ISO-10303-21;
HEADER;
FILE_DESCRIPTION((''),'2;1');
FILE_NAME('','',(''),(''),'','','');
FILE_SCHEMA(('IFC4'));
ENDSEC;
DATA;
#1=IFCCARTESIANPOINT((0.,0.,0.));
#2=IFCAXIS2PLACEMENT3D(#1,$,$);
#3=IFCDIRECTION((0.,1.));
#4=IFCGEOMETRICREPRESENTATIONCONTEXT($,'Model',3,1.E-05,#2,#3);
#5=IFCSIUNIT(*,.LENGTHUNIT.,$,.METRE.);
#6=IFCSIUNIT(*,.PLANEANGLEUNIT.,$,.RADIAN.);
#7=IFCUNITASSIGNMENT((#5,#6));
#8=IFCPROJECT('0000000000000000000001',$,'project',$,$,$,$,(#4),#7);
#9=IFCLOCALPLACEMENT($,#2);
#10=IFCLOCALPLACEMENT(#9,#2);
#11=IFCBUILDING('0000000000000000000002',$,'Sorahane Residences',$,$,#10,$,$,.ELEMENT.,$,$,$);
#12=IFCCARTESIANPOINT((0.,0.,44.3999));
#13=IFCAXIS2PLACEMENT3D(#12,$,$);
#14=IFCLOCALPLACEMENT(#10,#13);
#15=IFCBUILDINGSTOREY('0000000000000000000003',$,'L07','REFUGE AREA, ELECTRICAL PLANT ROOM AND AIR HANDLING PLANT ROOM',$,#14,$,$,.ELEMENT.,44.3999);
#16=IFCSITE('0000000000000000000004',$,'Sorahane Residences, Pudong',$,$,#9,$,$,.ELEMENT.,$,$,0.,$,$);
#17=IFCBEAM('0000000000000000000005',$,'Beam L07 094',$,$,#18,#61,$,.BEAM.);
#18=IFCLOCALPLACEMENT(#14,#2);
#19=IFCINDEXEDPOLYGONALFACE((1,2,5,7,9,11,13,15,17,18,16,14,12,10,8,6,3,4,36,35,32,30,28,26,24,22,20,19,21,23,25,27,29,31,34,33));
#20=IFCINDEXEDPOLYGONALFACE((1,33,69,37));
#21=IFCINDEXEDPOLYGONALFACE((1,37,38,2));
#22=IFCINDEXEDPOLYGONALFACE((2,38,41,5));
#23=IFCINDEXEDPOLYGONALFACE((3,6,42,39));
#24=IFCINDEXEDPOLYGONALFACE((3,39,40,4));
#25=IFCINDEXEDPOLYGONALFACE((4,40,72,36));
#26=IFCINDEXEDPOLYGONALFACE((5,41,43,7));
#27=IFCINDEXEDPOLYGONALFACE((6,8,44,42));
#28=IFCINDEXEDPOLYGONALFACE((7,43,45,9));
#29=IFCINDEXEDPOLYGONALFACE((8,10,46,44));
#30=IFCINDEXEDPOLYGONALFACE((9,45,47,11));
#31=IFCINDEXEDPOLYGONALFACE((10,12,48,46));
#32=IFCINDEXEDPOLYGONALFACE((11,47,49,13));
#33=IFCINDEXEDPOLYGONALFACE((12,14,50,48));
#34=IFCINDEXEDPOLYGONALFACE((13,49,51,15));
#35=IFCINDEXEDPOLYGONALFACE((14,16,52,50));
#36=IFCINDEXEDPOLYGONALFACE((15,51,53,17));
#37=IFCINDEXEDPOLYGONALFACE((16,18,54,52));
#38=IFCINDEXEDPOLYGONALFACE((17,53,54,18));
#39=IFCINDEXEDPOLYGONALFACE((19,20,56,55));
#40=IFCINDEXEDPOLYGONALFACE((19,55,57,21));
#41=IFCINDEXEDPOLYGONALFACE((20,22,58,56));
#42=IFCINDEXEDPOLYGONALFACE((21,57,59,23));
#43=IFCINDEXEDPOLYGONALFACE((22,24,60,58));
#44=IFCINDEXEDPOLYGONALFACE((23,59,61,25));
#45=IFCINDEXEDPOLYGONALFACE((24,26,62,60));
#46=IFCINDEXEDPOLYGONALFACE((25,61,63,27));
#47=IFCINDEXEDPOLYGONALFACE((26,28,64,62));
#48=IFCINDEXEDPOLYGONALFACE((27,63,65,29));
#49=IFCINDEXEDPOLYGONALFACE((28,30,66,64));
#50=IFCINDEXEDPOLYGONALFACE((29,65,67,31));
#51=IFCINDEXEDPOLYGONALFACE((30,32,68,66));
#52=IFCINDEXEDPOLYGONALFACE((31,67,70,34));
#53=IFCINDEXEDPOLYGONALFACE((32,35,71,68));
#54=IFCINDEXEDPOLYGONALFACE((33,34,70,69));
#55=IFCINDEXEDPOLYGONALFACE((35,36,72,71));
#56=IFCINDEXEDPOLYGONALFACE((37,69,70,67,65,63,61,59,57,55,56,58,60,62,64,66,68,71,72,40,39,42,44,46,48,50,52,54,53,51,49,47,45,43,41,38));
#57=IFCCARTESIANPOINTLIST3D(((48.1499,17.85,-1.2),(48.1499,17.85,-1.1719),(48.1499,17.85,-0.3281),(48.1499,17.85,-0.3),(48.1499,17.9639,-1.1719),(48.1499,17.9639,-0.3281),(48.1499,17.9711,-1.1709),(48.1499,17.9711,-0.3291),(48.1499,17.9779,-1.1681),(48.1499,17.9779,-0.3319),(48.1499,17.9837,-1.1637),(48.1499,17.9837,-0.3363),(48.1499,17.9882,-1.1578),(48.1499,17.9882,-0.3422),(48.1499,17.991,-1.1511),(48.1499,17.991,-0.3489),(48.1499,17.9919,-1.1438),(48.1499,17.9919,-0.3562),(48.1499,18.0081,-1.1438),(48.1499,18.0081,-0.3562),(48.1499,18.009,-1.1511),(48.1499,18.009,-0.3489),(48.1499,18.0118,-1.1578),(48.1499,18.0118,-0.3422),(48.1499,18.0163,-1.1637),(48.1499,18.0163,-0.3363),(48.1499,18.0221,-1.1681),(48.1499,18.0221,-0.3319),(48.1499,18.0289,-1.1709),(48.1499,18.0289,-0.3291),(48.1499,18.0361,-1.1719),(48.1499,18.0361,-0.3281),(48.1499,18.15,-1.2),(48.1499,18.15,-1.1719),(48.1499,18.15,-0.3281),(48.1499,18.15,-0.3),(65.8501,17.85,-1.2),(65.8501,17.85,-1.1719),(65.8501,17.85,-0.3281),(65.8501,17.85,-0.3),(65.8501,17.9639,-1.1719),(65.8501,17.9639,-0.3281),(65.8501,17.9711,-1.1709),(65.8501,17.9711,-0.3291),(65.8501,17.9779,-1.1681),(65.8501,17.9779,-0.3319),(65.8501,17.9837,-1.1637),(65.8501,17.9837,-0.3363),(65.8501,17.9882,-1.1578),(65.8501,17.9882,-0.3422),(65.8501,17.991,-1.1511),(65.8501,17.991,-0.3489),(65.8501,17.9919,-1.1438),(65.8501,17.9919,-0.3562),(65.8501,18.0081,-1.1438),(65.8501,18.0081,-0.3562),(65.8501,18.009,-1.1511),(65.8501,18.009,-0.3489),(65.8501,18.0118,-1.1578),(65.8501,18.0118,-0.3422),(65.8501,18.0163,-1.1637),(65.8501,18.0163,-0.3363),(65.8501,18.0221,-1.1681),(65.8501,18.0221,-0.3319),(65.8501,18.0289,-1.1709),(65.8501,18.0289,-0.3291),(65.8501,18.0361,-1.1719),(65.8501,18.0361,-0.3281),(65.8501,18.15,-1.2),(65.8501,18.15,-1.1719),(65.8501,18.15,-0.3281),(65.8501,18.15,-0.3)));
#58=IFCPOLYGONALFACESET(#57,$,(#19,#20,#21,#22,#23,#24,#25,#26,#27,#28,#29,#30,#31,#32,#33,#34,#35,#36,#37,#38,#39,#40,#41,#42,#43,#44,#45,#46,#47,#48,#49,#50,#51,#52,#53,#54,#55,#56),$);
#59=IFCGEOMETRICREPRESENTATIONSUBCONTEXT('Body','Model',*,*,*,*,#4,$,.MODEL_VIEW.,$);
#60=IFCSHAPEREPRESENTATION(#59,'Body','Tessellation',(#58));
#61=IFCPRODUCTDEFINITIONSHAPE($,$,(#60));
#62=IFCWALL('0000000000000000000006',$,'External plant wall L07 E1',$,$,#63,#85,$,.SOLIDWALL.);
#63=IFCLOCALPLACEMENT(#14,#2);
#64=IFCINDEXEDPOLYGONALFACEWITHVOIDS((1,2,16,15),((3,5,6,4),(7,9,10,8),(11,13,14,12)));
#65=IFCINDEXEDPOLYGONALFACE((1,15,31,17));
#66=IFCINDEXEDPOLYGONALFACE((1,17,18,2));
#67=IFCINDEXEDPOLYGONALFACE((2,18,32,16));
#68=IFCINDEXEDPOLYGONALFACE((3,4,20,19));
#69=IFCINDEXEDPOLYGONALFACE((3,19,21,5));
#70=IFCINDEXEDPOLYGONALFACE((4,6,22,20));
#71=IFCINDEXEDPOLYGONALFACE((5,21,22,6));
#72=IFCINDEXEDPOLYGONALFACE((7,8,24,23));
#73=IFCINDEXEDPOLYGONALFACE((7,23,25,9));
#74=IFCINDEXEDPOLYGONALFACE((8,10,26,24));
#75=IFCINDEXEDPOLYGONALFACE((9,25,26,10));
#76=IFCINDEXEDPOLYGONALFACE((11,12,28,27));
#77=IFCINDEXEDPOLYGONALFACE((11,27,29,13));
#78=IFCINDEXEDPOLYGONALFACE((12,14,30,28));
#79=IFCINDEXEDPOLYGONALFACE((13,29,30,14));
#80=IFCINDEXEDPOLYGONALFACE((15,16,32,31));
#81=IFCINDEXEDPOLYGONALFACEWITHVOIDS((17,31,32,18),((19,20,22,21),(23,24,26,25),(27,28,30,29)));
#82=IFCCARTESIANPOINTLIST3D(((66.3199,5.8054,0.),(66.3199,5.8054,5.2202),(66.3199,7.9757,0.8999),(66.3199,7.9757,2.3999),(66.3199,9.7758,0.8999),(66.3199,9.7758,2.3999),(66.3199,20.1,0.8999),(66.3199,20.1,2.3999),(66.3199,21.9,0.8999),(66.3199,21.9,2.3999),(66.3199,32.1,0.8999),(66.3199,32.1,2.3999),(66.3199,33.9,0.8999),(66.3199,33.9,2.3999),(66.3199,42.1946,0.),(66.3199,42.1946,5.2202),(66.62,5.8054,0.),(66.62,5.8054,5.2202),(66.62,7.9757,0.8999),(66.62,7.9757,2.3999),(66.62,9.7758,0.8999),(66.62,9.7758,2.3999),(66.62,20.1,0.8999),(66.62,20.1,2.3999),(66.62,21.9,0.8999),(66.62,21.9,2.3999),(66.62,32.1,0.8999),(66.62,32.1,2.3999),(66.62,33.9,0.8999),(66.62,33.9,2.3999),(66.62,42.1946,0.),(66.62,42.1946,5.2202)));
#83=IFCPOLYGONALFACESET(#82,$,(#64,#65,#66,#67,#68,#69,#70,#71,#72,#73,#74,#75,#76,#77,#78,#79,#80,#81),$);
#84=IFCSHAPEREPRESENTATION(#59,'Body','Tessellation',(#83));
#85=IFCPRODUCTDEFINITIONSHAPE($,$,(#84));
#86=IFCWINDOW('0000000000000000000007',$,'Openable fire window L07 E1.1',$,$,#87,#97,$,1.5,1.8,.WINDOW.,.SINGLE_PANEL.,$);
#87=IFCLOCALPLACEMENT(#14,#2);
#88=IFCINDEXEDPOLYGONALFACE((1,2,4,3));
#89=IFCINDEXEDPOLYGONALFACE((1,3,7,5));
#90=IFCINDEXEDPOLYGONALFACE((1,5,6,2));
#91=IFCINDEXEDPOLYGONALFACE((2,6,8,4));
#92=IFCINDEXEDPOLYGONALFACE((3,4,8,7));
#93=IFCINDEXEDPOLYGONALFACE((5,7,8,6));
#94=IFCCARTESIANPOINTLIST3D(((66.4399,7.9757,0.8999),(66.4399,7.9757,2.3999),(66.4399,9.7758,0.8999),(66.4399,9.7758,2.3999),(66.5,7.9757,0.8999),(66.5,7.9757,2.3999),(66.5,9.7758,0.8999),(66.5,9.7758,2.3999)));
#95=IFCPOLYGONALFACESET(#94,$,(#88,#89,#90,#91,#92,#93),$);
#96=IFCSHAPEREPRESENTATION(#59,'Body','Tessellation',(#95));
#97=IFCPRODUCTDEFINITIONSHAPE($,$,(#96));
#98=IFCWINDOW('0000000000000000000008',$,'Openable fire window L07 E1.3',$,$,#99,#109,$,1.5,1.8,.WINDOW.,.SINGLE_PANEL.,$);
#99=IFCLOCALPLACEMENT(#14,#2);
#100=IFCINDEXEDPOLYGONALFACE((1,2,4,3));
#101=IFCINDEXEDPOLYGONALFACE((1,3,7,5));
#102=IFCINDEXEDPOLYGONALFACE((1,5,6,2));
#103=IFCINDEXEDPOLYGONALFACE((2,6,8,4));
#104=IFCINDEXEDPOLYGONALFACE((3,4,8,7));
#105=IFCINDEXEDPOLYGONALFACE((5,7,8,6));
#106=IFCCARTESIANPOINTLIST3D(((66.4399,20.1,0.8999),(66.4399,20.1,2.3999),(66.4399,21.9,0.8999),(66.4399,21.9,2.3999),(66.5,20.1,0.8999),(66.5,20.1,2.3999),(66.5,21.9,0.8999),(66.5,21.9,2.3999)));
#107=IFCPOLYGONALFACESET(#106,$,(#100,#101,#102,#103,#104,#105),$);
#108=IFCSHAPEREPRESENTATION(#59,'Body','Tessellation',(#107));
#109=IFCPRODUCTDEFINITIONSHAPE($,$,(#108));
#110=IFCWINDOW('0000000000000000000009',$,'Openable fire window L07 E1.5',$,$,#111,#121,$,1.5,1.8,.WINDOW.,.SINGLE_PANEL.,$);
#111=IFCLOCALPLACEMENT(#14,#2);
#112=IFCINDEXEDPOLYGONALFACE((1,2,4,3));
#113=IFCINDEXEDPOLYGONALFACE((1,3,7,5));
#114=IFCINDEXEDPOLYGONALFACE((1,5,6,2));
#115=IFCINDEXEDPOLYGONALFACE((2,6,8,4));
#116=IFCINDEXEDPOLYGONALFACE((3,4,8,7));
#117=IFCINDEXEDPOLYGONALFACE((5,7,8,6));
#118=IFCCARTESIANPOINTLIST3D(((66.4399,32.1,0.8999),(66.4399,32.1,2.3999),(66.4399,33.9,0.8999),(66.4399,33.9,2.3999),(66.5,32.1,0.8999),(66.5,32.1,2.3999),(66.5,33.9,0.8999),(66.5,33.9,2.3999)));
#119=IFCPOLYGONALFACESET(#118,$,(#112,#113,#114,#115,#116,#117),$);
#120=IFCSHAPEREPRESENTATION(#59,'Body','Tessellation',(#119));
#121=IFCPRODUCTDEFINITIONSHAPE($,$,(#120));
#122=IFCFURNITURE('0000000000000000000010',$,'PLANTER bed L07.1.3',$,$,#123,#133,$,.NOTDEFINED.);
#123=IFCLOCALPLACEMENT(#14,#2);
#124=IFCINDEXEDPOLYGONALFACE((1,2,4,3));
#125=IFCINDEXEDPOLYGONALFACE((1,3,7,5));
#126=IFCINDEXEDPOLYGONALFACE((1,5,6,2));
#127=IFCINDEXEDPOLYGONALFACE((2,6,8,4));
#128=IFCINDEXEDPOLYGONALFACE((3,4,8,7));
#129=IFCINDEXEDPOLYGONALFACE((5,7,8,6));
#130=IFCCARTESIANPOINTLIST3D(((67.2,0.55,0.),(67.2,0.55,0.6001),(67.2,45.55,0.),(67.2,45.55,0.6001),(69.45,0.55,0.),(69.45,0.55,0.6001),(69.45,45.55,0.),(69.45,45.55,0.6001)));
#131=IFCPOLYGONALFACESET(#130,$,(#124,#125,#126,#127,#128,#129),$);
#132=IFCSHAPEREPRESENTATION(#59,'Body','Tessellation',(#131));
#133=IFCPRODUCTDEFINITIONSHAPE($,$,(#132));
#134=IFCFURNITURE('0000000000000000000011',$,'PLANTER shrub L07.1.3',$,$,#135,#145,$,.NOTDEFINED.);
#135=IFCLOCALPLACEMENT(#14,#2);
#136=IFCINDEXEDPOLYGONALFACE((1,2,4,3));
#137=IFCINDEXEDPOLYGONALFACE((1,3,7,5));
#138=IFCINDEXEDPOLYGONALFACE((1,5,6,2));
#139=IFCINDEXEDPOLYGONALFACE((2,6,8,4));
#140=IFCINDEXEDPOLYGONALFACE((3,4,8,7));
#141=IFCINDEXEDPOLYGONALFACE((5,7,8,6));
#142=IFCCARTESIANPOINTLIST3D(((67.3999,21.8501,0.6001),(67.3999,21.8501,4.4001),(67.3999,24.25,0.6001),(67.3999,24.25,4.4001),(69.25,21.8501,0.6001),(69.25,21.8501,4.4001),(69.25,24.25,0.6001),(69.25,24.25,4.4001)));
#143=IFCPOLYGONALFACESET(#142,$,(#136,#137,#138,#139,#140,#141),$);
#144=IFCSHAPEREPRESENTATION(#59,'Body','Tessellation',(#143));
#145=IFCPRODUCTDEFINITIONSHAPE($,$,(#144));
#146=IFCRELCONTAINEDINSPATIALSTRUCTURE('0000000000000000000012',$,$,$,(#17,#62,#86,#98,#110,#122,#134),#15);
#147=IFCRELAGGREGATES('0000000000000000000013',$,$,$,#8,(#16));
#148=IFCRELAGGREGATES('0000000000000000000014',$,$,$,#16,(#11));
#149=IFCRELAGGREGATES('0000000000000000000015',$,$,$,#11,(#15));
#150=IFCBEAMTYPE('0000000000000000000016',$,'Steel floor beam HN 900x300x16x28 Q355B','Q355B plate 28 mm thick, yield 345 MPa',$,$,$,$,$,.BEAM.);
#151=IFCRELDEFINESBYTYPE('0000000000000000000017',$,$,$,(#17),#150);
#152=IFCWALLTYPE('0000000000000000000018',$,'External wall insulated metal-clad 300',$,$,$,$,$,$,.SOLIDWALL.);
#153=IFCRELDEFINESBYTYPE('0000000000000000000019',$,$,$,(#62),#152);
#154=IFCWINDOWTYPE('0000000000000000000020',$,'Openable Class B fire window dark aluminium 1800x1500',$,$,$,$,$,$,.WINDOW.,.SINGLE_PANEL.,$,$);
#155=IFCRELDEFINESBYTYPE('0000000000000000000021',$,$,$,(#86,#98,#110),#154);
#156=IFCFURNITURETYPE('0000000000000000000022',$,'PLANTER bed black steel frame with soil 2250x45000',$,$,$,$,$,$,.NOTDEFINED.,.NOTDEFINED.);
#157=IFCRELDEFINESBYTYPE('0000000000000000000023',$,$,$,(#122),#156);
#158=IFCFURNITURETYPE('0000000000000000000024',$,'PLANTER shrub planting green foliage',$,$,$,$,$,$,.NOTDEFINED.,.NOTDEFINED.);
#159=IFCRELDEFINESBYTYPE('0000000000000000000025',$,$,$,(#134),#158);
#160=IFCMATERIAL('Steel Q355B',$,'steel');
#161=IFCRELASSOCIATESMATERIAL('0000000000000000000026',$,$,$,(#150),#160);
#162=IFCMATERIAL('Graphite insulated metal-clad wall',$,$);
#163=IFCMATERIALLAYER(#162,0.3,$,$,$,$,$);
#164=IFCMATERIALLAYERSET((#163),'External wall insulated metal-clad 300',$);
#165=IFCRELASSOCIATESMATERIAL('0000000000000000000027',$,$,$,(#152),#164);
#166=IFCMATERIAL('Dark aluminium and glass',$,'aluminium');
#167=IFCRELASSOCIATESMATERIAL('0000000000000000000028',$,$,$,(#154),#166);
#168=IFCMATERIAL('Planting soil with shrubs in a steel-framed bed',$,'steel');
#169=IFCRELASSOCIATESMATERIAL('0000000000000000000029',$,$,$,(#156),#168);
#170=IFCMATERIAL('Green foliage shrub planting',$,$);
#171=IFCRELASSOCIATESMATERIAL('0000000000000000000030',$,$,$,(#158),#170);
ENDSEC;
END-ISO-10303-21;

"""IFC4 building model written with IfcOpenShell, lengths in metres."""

from ifc_helpers import new_model, si_unit, direction, frame, frame_2d, origin, origin_2d, place, context, subcontext, project, spatial, rectangle, i_section, extrude, material, layer, layer_set, material_profile, profile_set, type_object, element, fill, save


model = new_model("IFC4")

# Units and contexts
model_context = context("Model", 3, precision=1e-05, world=origin(), true_north=direction((0.0, 1.0)))
body_context = subcontext(model_context, "Body", "Model", "MODEL_VIEW")
ifc_project = project(units=[si_unit("LENGTHUNIT", "METRE"), si_unit("PLANEANGLEUNIT", "RADIAN")], contexts=[model_context])

# Site, building, storey
site_placement = place(None, origin())
site = spatial("IfcSite", under=ifc_project, at=site_placement, Name="Sorahane Residences, Pudong", CompositionType="ELEMENT", RefElevation=0.0)
building_placement = place(site_placement, origin())
building = spatial("IfcBuilding", under=site, at=building_placement, Name="Sorahane Residences", CompositionType="ELEMENT")
storey_placement = place(building_placement, frame((0.0, 0.0, 44.3999)))
storey = spatial("IfcBuildingStorey", under=building, at=storey_placement, Name="L07", Description="REFUGE AREA, ELECTRICAL PLANT ROOM AND AIR HANDLING PLANT ROOM", CompositionType="ELEMENT", Elevation=44.3999)

# Beam
ifc_material_1 = material(Name="Steel Q355B", Category="steel")
ifc_material_profile_1 = material_profile(ifc_material_1, i_section(OverallWidth=0.3, OverallDepth=0.8999, WebThickness=0.0161, FlangeThickness=0.0281, FilletRadius=0.0281, at=origin_2d()), Name="HN 900x300x16x28")
ifc_profile_set_1 = profile_set([ifc_material_profile_1], Name="Steel Q355B")
beam_type_1 = type_object("IfcBeamType", Name="Steel floor beam HN 900x300x16x28 Q355B", Description="Q355B plate 28 mm thick, yield 345 MPa", PredefinedType="BEAM", material=ifc_profile_set_1)
beam_1_placement = place(storey_placement, frame((48.1499, 18.0, -0.75), z_axis=(1.0, 0.0, 0.0), x_axis=(0.0, 1.0, 0.0)))
element("IfcBeam", 1, at=beam_1_placement, inside=storey, type_object=beam_type_1, Name="Beam L07 094", PredefinedType="BEAM", context=body_context, shape_type="SweptSolid", body=[
    extrude(i_section(OverallWidth=0.3, OverallDepth=0.8999, WebThickness=0.0161, FlangeThickness=0.0281, FilletRadius=0.0281, at=origin_2d()), origin(), (0.0, 0.0, 1.0), 17.7002),
])

# Wall, openings, windows
ifc_material_2 = material(Name="Graphite insulated metal-clad wall")
ifc_layer_1 = layer(ifc_material_2, 0.3)
ifc_layer_set_1 = layer_set([ifc_layer_1], Name="External wall insulated metal-clad 300")
wall_type_1 = type_object("IfcWallType", Name="External wall insulated metal-clad 300", PredefinedType="SOLIDWALL", material=ifc_layer_set_1)
wall_1_placement = place(storey_placement, frame((66.47, 5.8054, 0.0), z_axis=(0.0, 0.0, 1.0), x_axis=(0.0, 1.0, 0.0)))
wall_1 = element("IfcWall", 2, at=wall_1_placement, inside=storey, type_object=wall_type_1, Name="External plant wall L07 E1", PredefinedType="SOLIDWALL", context=body_context, shape_type="SweptSolid", body=[
    extrude(rectangle(XDim=36.3892, YDim=0.3, at=frame_2d((18.1946, 0.0))), origin(), (0.0, 0.0, 1.0), 5.2202),
])
opening_1_placement = place(wall_1_placement, frame((2.1704, 0.0, 0.8999)))
opening_1 = element("IfcOpeningElement", 3, at=opening_1_placement, cuts=wall_1, PredefinedType="OPENING", context=body_context, shape_type="SweptSolid", body=[
    extrude(rectangle(XDim=1.8, YDim=1.5, at=frame_2d((0.8999, 0.75))), frame((0.0, 0.1599, 0.0), z_axis=(0.0, -1.0, 0.0), x_axis=(1.0, 0.0, 0.0)), (0.0, 0.0, 1.0), 0.3201),
])
opening_2_placement = place(wall_1_placement, frame((14.2947, 0.0, 0.8999)))
opening_2 = element("IfcOpeningElement", 4, at=opening_2_placement, cuts=wall_1, PredefinedType="OPENING", context=body_context, shape_type="SweptSolid", body=[
    extrude(rectangle(XDim=1.8, YDim=1.5, at=frame_2d((0.8999, 0.75))), frame((0.0, 0.1599, 0.0), z_axis=(0.0, -1.0, 0.0), x_axis=(1.0, 0.0, 0.0)), (0.0, 0.0, 1.0), 0.3201),
])
opening_3_placement = place(wall_1_placement, frame((26.2947, 0.0, 0.8999)))
opening_3 = element("IfcOpeningElement", 5, at=opening_3_placement, cuts=wall_1, PredefinedType="OPENING", context=body_context, shape_type="SweptSolid", body=[
    extrude(rectangle(XDim=1.8, YDim=1.5, at=frame_2d((0.8999, 0.75))), frame((0.0, 0.1599, 0.0), z_axis=(0.0, -1.0, 0.0), x_axis=(1.0, 0.0, 0.0)), (0.0, 0.0, 1.0), 0.3201),
])
ifc_material_3 = material(Name="Dark aluminium and glass", Category="aluminium")
window_type = type_object("IfcWindowType", Name="Openable Class B fire window dark aluminium 1800x1500", PartitioningType="SINGLE_PANEL", PredefinedType="WINDOW", material=ifc_material_3)
window_1_placement = place(opening_1_placement, origin())
window_1 = element("IfcWindow", 6, at=window_1_placement, inside=storey, type_object=window_type, Name="Openable fire window L07 E1.1", OverallHeight=1.5, OverallWidth=1.8, PartitioningType="SINGLE_PANEL", PredefinedType="WINDOW", context=body_context, shape_type="SweptSolid", body=[
    extrude(rectangle(XDim=1.8, YDim=1.5, at=frame_2d((0.8999, 0.75))), frame((0.0, 0.03, 0.0), z_axis=(0.0, -1.0, 0.0), x_axis=(1.0, 0.0, 0.0)), (0.0, 0.0, 1.0), 0.0601),
])
fill(opening_1, window_1)
window_2_placement = place(opening_2_placement, origin())
window_2 = element("IfcWindow", 7, at=window_2_placement, inside=storey, type_object=window_type, Name="Openable fire window L07 E1.3", OverallHeight=1.5, OverallWidth=1.8, PartitioningType="SINGLE_PANEL", PredefinedType="WINDOW", context=body_context, shape_type="SweptSolid", body=[
    extrude(rectangle(XDim=1.8, YDim=1.5, at=frame_2d((0.8999, 0.75))), frame((0.0, 0.03, 0.0), z_axis=(0.0, -1.0, 0.0), x_axis=(1.0, 0.0, 0.0)), (0.0, 0.0, 1.0), 0.0601),
])
fill(opening_2, window_2)
window_3_placement = place(opening_3_placement, origin())
window_3 = element("IfcWindow", 8, at=window_3_placement, inside=storey, type_object=window_type, Name="Openable fire window L07 E1.5", OverallHeight=1.5, OverallWidth=1.8, PartitioningType="SINGLE_PANEL", PredefinedType="WINDOW", context=body_context, shape_type="SweptSolid", body=[
    extrude(rectangle(XDim=1.8, YDim=1.5, at=frame_2d((0.8999, 0.75))), frame((0.0, 0.03, 0.0), z_axis=(0.0, -1.0, 0.0), x_axis=(1.0, 0.0, 0.0)), (0.0, 0.0, 1.0), 0.0601),
])
fill(opening_3, window_3)

# Furniture
ifc_material_4 = material(Name="Planting soil with shrubs in a steel-framed bed", Category="steel")
furniture_type_1 = type_object("IfcFurnitureType", Name="PLANTER bed black steel frame with soil 2250x45000", AssemblyPlace="NOTDEFINED", PredefinedType="NOTDEFINED", material=ifc_material_4)
furniture_1_placement = place(storey_placement, frame((68.325, 23.05, 0.0), z_axis=(0.0, 0.0, 1.0), x_axis=(1.0, 0.0, 0.0)))
element("IfcFurniture", 9, at=furniture_1_placement, inside=storey, type_object=furniture_type_1, Name="PLANTER bed L07.1.3", PredefinedType="NOTDEFINED", context=body_context, shape_type="SweptSolid", body=[
    extrude(rectangle(XDim=2.25, YDim=45.0, at=origin_2d()), origin(), (0.0, 0.0, 1.0), 0.6001),
])
ifc_material_5 = material(Name="Green foliage shrub planting")
furniture_type_2 = type_object("IfcFurnitureType", Name="PLANTER shrub planting green foliage", AssemblyPlace="NOTDEFINED", PredefinedType="NOTDEFINED", material=ifc_material_5)
furniture_2_placement = place(storey_placement, frame((68.325, 23.05, 0.6001), z_axis=(0.0, 0.0, 1.0), x_axis=(1.0, 0.0, 0.0)))
element("IfcFurniture", 10, at=furniture_2_placement, inside=storey, type_object=furniture_type_2, Name="PLANTER shrub L07.1.3", PredefinedType="NOTDEFINED", context=body_context, shape_type="SweptSolid", body=[
    extrude(rectangle(XDim=1.8501, YDim=2.3999, at=origin_2d()), origin(), (0.0, 0.0, 1.0), 3.8),
])

save(model, "model.ifc")
